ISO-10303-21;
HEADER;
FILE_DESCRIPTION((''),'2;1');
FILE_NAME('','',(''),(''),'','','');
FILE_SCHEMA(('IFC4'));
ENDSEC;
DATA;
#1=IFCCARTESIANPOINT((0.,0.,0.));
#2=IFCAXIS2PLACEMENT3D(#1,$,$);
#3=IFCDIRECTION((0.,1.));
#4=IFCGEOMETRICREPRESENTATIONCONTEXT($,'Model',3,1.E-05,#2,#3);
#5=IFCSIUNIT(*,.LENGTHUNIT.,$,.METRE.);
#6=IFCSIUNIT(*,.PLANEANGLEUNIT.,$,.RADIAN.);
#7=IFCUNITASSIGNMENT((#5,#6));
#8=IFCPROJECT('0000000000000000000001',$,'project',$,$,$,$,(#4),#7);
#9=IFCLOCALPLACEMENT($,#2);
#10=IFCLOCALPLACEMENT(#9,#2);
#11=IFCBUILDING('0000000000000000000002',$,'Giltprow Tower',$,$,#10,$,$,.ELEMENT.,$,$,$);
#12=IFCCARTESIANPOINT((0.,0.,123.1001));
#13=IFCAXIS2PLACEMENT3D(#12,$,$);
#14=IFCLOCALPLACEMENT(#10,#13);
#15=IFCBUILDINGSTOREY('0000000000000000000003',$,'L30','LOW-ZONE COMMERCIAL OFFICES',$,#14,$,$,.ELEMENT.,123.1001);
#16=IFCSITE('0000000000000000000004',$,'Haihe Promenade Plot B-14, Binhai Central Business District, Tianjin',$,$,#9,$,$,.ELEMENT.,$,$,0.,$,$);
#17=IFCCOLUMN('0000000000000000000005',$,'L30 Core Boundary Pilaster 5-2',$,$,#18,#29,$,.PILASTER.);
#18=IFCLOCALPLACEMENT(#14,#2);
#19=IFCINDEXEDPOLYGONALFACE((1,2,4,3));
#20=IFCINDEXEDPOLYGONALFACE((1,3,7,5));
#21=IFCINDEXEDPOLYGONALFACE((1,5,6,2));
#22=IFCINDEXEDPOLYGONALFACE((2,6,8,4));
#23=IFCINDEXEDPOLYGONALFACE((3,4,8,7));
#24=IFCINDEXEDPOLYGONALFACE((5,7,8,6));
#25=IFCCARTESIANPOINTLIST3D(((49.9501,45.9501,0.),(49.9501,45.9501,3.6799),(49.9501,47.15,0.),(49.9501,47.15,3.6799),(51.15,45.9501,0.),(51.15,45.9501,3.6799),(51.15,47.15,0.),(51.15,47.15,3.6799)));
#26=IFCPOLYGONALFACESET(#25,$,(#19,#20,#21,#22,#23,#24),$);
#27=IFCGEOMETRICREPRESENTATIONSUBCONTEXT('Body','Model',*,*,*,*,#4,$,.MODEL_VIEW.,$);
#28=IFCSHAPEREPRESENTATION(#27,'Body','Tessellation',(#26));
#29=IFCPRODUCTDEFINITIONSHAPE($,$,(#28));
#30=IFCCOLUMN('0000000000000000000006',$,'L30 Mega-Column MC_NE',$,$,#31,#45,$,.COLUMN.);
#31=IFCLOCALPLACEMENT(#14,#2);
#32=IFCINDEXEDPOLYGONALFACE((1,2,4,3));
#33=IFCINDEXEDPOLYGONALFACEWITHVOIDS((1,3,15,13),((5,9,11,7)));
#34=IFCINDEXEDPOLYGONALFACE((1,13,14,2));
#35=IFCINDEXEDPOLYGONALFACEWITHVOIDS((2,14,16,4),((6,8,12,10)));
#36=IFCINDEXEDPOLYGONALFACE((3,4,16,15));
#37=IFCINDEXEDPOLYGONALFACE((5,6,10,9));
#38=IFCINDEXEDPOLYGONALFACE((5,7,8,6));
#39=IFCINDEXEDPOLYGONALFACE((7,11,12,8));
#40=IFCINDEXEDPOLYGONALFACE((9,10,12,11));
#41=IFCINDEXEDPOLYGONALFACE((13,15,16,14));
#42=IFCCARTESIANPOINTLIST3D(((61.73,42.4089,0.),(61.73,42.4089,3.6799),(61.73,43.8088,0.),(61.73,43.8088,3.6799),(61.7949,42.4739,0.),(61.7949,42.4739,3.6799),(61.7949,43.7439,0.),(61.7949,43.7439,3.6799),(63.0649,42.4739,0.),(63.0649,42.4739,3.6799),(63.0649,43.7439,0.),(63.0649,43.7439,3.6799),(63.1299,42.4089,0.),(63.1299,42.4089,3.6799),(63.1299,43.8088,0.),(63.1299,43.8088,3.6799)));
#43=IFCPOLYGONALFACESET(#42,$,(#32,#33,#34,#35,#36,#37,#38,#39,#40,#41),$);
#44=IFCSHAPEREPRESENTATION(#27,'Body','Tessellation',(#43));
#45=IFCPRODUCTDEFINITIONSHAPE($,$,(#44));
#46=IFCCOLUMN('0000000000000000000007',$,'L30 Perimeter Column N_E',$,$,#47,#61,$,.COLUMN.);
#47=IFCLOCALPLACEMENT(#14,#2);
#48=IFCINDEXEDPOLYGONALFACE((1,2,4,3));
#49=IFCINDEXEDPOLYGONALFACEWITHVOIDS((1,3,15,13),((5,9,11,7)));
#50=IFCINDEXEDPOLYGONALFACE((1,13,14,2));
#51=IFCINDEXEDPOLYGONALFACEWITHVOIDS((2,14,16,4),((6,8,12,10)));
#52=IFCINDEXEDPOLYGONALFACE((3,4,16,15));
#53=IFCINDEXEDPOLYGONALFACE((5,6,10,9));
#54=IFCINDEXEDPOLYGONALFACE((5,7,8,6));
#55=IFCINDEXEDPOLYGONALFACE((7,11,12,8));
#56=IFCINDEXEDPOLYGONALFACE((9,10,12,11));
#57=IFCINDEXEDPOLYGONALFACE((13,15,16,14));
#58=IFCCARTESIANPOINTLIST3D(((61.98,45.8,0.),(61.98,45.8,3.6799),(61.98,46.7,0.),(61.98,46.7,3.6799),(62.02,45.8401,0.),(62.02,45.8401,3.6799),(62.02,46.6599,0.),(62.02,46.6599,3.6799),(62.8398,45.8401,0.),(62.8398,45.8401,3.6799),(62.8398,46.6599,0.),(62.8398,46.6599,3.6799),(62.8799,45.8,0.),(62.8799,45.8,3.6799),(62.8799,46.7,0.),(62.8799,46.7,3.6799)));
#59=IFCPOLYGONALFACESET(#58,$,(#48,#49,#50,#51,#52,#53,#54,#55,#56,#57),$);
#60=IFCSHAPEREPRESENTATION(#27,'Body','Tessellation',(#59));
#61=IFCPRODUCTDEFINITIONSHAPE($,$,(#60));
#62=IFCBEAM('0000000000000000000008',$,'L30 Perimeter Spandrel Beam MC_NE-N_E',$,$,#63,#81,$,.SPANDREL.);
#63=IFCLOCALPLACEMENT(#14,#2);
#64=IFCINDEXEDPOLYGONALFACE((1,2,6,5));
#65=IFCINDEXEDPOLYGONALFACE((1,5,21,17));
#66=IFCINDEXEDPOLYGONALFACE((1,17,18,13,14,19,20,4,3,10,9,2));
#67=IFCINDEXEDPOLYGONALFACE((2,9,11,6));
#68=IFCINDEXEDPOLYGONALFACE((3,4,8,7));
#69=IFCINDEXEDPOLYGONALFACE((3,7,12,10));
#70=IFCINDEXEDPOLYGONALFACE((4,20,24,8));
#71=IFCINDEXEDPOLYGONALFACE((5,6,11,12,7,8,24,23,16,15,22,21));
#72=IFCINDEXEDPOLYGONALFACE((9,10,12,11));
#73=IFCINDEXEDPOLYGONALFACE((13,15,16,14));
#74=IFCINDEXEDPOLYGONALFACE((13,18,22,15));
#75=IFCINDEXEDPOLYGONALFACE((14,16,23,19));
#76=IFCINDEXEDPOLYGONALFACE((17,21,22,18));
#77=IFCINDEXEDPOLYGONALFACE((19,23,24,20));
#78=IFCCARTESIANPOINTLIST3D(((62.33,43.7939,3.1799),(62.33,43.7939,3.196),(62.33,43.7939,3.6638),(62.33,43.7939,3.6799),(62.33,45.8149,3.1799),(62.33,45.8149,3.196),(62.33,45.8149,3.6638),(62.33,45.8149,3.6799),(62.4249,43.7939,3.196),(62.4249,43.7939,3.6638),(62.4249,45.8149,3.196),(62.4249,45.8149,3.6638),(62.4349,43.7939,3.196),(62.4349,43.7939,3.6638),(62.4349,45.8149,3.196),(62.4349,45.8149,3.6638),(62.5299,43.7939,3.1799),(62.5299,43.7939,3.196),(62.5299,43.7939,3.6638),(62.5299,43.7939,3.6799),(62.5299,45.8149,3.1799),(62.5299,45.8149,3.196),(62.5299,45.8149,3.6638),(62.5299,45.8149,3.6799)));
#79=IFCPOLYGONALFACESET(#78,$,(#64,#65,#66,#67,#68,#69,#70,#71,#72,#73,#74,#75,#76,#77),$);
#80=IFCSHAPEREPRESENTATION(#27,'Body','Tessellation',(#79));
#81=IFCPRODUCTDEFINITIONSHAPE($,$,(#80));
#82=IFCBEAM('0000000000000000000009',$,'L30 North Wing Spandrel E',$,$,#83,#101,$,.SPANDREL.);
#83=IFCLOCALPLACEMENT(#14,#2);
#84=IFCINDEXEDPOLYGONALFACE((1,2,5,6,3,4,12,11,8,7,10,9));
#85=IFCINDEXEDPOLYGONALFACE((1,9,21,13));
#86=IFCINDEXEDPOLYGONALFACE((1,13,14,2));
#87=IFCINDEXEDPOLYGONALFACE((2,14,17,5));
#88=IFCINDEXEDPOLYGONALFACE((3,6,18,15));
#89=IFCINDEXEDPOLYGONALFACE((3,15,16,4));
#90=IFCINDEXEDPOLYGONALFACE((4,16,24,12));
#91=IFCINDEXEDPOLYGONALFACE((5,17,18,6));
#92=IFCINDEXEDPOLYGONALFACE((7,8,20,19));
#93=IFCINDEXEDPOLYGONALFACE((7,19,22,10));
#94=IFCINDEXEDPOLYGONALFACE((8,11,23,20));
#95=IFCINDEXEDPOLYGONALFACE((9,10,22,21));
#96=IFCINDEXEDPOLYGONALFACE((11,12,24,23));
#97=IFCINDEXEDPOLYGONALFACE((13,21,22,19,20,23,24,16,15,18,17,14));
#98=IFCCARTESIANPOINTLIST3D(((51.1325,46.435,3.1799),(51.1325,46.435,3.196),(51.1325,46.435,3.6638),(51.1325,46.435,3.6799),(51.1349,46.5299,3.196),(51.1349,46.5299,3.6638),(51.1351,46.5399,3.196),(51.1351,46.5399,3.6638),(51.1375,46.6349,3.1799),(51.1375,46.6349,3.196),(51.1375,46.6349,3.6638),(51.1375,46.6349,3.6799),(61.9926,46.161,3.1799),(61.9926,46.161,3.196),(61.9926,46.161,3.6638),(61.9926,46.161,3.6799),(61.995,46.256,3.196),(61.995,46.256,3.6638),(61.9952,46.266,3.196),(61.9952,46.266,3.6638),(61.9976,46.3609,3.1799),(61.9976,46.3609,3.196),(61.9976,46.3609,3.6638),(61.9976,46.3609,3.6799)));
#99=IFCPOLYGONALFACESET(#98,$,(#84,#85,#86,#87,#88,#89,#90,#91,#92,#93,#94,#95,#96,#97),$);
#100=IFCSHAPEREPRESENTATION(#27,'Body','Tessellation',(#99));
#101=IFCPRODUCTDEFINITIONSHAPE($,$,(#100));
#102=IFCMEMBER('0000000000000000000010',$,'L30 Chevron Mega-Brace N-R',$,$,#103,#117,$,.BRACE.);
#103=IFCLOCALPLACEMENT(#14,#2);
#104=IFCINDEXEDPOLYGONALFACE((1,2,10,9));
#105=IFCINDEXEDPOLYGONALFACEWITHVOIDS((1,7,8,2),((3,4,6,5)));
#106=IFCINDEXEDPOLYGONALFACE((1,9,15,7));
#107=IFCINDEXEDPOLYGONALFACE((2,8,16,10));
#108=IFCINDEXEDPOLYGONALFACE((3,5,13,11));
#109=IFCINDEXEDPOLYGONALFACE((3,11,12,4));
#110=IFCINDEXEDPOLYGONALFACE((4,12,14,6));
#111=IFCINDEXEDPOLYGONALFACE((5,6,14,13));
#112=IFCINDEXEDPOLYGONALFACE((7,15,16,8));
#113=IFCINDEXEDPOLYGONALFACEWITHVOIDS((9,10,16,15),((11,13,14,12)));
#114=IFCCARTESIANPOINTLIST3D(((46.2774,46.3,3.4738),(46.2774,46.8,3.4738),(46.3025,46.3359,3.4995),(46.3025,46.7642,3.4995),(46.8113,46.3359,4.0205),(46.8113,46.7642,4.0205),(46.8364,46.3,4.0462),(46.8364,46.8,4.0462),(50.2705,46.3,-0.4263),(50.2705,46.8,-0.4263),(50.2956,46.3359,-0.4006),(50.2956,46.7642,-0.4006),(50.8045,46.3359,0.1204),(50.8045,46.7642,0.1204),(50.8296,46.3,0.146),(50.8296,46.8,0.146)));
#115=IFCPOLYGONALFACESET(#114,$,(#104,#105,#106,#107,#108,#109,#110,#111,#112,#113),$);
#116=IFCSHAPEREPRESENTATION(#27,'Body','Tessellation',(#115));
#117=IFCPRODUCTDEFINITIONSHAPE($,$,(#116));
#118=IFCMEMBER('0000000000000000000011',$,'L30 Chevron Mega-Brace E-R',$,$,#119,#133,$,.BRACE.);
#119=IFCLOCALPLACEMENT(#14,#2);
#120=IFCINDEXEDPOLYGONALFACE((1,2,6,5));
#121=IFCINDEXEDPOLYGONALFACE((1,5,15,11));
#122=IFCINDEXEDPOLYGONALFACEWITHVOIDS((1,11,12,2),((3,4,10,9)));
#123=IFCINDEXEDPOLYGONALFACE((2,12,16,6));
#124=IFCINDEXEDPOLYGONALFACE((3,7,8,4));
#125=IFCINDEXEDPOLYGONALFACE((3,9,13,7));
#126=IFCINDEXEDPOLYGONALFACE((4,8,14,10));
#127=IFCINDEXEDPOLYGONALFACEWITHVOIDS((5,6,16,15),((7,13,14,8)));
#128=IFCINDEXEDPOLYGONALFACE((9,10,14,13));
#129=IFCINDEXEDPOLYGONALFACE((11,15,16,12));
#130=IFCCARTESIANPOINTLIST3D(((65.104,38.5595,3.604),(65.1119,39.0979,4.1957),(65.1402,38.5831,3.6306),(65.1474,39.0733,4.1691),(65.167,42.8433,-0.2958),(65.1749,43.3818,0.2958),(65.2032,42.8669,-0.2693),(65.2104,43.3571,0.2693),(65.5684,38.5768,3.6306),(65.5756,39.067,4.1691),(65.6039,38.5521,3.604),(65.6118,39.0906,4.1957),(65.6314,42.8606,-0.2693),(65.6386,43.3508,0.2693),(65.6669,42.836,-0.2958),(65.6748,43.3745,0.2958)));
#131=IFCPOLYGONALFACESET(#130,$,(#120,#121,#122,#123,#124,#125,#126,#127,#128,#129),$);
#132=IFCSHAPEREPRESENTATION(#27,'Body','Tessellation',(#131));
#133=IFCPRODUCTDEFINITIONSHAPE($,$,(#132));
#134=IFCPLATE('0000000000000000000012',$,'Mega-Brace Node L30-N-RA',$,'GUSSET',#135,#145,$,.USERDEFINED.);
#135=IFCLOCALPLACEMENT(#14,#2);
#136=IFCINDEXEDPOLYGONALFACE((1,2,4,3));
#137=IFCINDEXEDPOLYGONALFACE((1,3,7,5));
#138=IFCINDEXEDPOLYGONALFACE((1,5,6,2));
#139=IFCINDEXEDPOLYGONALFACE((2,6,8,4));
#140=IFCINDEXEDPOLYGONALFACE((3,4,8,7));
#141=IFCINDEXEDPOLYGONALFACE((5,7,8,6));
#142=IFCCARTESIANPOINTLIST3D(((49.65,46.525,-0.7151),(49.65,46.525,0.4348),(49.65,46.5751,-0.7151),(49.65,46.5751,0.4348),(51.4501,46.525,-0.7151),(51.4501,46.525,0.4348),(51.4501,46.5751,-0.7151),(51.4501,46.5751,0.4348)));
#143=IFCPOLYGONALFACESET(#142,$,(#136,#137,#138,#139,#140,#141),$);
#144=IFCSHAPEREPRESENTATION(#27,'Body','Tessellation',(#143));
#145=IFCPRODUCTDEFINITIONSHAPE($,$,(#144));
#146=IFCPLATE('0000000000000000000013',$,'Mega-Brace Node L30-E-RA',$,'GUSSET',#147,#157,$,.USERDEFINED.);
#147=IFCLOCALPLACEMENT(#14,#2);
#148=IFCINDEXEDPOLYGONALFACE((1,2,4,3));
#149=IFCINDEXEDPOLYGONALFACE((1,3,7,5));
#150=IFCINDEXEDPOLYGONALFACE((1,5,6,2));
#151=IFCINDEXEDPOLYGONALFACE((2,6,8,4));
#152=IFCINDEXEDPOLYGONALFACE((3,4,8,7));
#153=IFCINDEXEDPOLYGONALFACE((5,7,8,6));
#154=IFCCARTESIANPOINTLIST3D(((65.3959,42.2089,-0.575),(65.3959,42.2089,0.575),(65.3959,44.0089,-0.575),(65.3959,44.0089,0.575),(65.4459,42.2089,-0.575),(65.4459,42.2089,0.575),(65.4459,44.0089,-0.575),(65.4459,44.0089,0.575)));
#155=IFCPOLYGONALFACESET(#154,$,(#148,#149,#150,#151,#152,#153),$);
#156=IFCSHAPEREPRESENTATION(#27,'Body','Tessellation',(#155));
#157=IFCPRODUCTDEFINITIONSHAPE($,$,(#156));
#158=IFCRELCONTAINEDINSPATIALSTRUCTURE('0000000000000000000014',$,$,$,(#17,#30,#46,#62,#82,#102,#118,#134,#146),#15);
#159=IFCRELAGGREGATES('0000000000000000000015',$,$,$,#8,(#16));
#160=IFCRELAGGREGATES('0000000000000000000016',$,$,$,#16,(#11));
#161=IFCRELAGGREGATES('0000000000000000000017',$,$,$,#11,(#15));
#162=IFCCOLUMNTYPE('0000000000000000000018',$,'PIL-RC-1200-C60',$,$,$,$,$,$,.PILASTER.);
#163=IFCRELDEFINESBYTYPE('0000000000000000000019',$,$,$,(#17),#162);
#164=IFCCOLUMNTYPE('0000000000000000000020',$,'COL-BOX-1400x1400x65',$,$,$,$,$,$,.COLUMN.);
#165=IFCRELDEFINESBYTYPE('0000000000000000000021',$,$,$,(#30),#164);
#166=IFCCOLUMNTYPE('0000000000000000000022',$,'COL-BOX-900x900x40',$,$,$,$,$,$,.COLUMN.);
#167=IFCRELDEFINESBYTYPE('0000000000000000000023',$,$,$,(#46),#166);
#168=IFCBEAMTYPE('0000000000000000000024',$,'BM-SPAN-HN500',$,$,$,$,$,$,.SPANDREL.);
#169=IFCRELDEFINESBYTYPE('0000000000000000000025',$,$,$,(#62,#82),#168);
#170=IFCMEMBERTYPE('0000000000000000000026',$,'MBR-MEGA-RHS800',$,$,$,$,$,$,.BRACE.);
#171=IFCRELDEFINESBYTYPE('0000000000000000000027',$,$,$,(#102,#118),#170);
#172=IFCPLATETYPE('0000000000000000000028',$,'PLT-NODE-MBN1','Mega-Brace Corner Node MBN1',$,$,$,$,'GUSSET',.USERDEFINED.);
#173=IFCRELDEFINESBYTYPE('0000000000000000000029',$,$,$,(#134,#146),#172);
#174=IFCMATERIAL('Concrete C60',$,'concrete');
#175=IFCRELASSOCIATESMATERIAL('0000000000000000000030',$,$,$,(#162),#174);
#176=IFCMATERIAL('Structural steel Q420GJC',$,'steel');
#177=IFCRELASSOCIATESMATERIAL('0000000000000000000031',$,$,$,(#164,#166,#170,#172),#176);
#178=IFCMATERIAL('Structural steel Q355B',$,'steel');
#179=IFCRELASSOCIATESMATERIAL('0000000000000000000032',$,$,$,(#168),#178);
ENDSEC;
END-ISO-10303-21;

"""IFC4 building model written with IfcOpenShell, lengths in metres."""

from ifc_helpers import new_model, si_unit, direction, frame, origin, origin_2d, place, context, subcontext, project, spatial, rectangle, hollow_rectangle, i_section, extrude, source, transform, mapped, material, material_profile, profile_set, type_object, element, save


model = new_model("IFC4")

# Units and contexts
model_context = context("Model", 3, precision=1e-05, world=origin(), true_north=direction((0.0, 1.0)))
body_context = subcontext(model_context, "Body", "Model", "MODEL_VIEW")
ifc_project = project(units=[si_unit("LENGTHUNIT", "METRE"), si_unit("PLANEANGLEUNIT", "RADIAN")], contexts=[model_context])

# Site, building, storey
site_placement = place(None, origin())
site = spatial("IfcSite", under=ifc_project, at=site_placement, Name="Haihe Promenade Plot B-14, Binhai Central Business District, Tianjin", CompositionType="ELEMENT", RefElevation=0.0)
building_placement = place(site_placement, origin())
building = spatial("IfcBuilding", under=site, at=building_placement, Name="Giltprow Tower", CompositionType="ELEMENT")
storey_placement = place(building_placement, frame((0.0, 0.0, 123.1001)))
storey = spatial("IfcBuildingStorey", under=building, at=storey_placement, Name="L30", Description="LOW-ZONE COMMERCIAL OFFICES", CompositionType="ELEMENT", Elevation=123.1001)

# Columns
ifc_material_1 = material(Name="Concrete C60", Category="concrete")
ifc_material_profile_1 = material_profile(ifc_material_1, rectangle(XDim=1.2, YDim=1.2, at=origin_2d()), Name="RC 1200x1200")
ifc_profile_set_1 = profile_set([ifc_material_profile_1], Name="Concrete C60")
column_type_1 = type_object("IfcColumnType", Name="PIL-RC-1200-C60", PredefinedType="PILASTER", material=ifc_profile_set_1)
shared_shape_1 = source(origin(), body_context, "Body", "SweptSolid", [
    extrude(rectangle(XDim=1.2, YDim=1.2, at=origin_2d()), origin(), (0.0, 0.0, 1.0), 3.6799),
])
column_1_placement = place(storey_placement, frame((50.55, 46.55, 0.0), z_axis=(0.0, 0.0, 1.0), x_axis=(1.0, 0.0, 0.0)))
element("IfcColumn", 1, at=column_1_placement, inside=storey, type_object=column_type_1, Name="L30 Core Boundary Pilaster 5-2", PredefinedType="PILASTER", context=body_context, shape_type="MappedRepresentation", body=[
    mapped(shared_shape_1, transform((0.0, 0.0, 0.0), x_axis=(1.0, 0.0, 0.0), y_axis=(0.0, 1.0, 0.0), z_axis=(0.0, 0.0, 1.0), scale=1.0)),
])
ifc_material_2 = material(Name="Structural steel Q420GJC", Category="steel")
ifc_material_profile_2 = material_profile(ifc_material_2, hollow_rectangle(XDim=1.3999, YDim=1.3999, WallThickness=0.0649, at=origin_2d()), Name="BOX 1400x1400x65")
ifc_profile_set_2 = profile_set([ifc_material_profile_2], Name="Structural steel Q420GJC")
column_type_2 = type_object("IfcColumnType", Name="COL-BOX-1400x1400x65", PredefinedType="COLUMN", material=ifc_profile_set_2)
shared_shape_2 = source(origin(), body_context, "Body", "SweptSolid", [
    extrude(hollow_rectangle(XDim=1.3999, YDim=1.3999, WallThickness=0.0649, at=origin_2d()), origin(), (0.0, 0.0, 1.0), 3.6799),
])
column_2_placement = place(storey_placement, frame((62.4299, 43.1089, 0.0), z_axis=(0.0, 0.0, 1.0), x_axis=(1.0, 0.0, 0.0)))
element("IfcColumn", 2, at=column_2_placement, inside=storey, type_object=column_type_2, Name="L30 Mega-Column MC_NE", PredefinedType="COLUMN", context=body_context, shape_type="MappedRepresentation", body=[
    mapped(shared_shape_2, transform((0.0, 0.0, 0.0), x_axis=(1.0, 0.0, 0.0), y_axis=(0.0, 1.0, 0.0), z_axis=(0.0, 0.0, 1.0), scale=1.0)),
])
ifc_material_profile_3 = material_profile(ifc_material_2, hollow_rectangle(XDim=0.8999, YDim=0.8999, WallThickness=0.04, at=origin_2d()), Name="BOX 900x900x40")
ifc_profile_set_3 = profile_set([ifc_material_profile_3], Name="Structural steel Q420GJC")
column_type_3 = type_object("IfcColumnType", Name="COL-BOX-900x900x40", PredefinedType="COLUMN", material=ifc_profile_set_3)
shared_shape_3 = source(origin(), body_context, "Body", "SweptSolid", [
    extrude(hollow_rectangle(XDim=0.8999, YDim=0.8999, WallThickness=0.04, at=origin_2d()), origin(), (0.0, 0.0, 1.0), 3.6799),
])
column_3_placement = place(storey_placement, frame((62.4299, 46.25, 0.0), z_axis=(0.0, 0.0, 1.0), x_axis=(1.0, 0.0, 0.0)))
element("IfcColumn", 3, at=column_3_placement, inside=storey, type_object=column_type_3, Name="L30 Perimeter Column N_E", PredefinedType="COLUMN", context=body_context, shape_type="MappedRepresentation", body=[
    mapped(shared_shape_3, transform((0.0, 0.0, 0.0), x_axis=(1.0, 0.0, 0.0), y_axis=(0.0, 1.0, 0.0), z_axis=(0.0, 0.0, 1.0), scale=1.0)),
])

# Beams
ifc_material_3 = material(Name="Structural steel Q355B", Category="steel")
ifc_material_profile_4 = material_profile(ifc_material_3, i_section(OverallWidth=0.2, OverallDepth=0.5, WebThickness=0.01, FlangeThickness=0.0161, at=origin_2d()), Name="HN 500x200x10x16")
ifc_profile_set_4 = profile_set([ifc_material_profile_4], Name="Structural steel Q355B")
beam_type = type_object("IfcBeamType", Name="BM-SPAN-HN500", PredefinedType="SPANDREL", material=ifc_profile_set_4)
shared_shape_4 = source(origin(), body_context, "Body", "SweptSolid", [
    extrude(i_section(OverallWidth=0.2, OverallDepth=0.5, WebThickness=0.01, FlangeThickness=0.0161, at=origin_2d()), origin(), (0.0, 0.0, 1.0), 2.021),
])
beam_1_placement = place(storey_placement, frame((62.4299, 43.7939, 3.4299), z_axis=(0.0, 1.0, 0.0), x_axis=(-1.0, 0.0, 0.0)))
element("IfcBeam", 4, at=beam_1_placement, inside=storey, type_object=beam_type, Name="L30 Perimeter Spandrel Beam MC_NE-N_E", PredefinedType="SPANDREL", context=body_context, shape_type="MappedRepresentation", body=[
    mapped(shared_shape_4, transform((0.0, 0.0, 0.0), x_axis=(1.0, 0.0, 0.0), y_axis=(0.0, 1.0, 0.0), z_axis=(0.0, 0.0, 1.0), scale=1.0)),
])
shared_shape_5 = source(origin(), body_context, "Body", "SweptSolid", [
    extrude(i_section(OverallWidth=0.2, OverallDepth=0.5, WebThickness=0.01, FlangeThickness=0.0161, at=origin_2d()), origin(), (0.0, 0.0, 1.0), 10.8635),
])
beam_2_placement = place(storey_placement, frame((51.135, 46.5349, 3.4299), z_axis=(0.999682, -0.025215, 0.0), x_axis=(0.025215, 0.999682, 0.0)))
element("IfcBeam", 5, at=beam_2_placement, inside=storey, type_object=beam_type, Name="L30 North Wing Spandrel E", PredefinedType="SPANDREL", context=body_context, shape_type="MappedRepresentation", body=[
    mapped(shared_shape_5, transform((0.0, 0.0, 0.0), x_axis=(1.0, 0.0, 0.0), y_axis=(0.0, 1.0, 0.0), z_axis=(0.0, 0.0, 1.0), scale=1.0)),
])

# Members
ifc_material_profile_5 = material_profile(ifc_material_2, hollow_rectangle(XDim=0.5, YDim=0.8, WallThickness=0.0359, at=origin_2d()), Name="RHS 800x500x36")
ifc_profile_set_5 = profile_set([ifc_material_profile_5], Name="Structural steel Q420GJC")
member_type = type_object("IfcMemberType", Name="MBR-MEGA-RHS800", PredefinedType="BRACE", material=ifc_profile_set_5)
shared_shape_6 = source(origin(), body_context, "Body", "SweptSolid", [
    extrude(hollow_rectangle(XDim=0.5, YDim=0.8, WallThickness=0.0359, at=origin_2d()), origin(), (0.0, 0.0, 1.0), 5.5818),
])
member_1_placement = place(storey_placement, frame((50.55, 46.55, -0.1401), z_axis=(-0.71539, 0.0, 0.698725), x_axis=(0.0, -1.0, 0.0)))
element("IfcMember", 6, at=member_1_placement, inside=storey, type_object=member_type, Name="L30 Chevron Mega-Brace N-R", PredefinedType="BRACE", context=body_context, shape_type="MappedRepresentation", body=[
    mapped(shared_shape_6, transform((0.0, 0.0, 0.0), x_axis=(1.0, 0.0, 0.0), y_axis=(0.0, 1.0, 0.0), z_axis=(0.0, 0.0, 1.0), scale=1.0)),
])
shared_shape_7 = source(origin(), body_context, "Body", "SweptSolid", [
    extrude(hollow_rectangle(XDim=0.5, YDim=0.8, WallThickness=0.0359, at=origin_2d()), origin(), (0.0, 0.0, 1.0), 5.7935),
])
member_2_placement = place(storey_placement, frame((65.4209, 43.1089, 0.0), z_axis=(-0.010872, -0.739431, 0.673145), x_axis=(0.999892, -0.014702, 0.0)))
element("IfcMember", 7, at=member_2_placement, inside=storey, type_object=member_type, Name="L30 Chevron Mega-Brace E-R", PredefinedType="BRACE", context=body_context, shape_type="MappedRepresentation", body=[
    mapped(shared_shape_7, transform((0.0, 0.0, 0.0), x_axis=(1.0, 0.0, 0.0), y_axis=(0.0, 1.0, 0.0), z_axis=(0.0, 0.0, 1.0), scale=1.0)),
])

# Plates
plate_type = type_object("IfcPlateType", Name="PLT-NODE-MBN1", Description="Mega-Brace Corner Node MBN1", ElementType="GUSSET", PredefinedType="USERDEFINED", material=ifc_material_2)
shared_shape_8 = source(origin(), body_context, "Body", "SweptSolid", [
    extrude(rectangle(XDim=1.8, YDim=0.05, at=origin_2d()), origin(), (0.0, 0.0, 1.0), 1.1499),
])
for number, where, z_axis, x_axis, name in (
    (8, (50.55, 46.55, -0.7151), (0.0, 0.0, 1.0), (1.0, 0.0, 0.0), "Mega-Brace Node L30-N-RA"),
    (9, (65.4209, 43.1089, -0.575), (0.0, 0.0, 1.0), (0.0, 1.0, 0.0), "Mega-Brace Node L30-E-RA"),
):
    element("IfcPlate", number, at=place(storey_placement, frame(where, z_axis=z_axis, x_axis=x_axis)), inside=storey, type_object=plate_type, Name=name, ObjectType="GUSSET", PredefinedType="USERDEFINED", context=body_context, shape_type="MappedRepresentation", body=[
        mapped(shared_shape_8, transform((0.0, 0.0, 0.0), x_axis=(1.0, 0.0, 0.0), y_axis=(0.0, 1.0, 0.0), z_axis=(0.0, 0.0, 1.0), scale=1.0)),
    ])

save(model, "model.ifc")
